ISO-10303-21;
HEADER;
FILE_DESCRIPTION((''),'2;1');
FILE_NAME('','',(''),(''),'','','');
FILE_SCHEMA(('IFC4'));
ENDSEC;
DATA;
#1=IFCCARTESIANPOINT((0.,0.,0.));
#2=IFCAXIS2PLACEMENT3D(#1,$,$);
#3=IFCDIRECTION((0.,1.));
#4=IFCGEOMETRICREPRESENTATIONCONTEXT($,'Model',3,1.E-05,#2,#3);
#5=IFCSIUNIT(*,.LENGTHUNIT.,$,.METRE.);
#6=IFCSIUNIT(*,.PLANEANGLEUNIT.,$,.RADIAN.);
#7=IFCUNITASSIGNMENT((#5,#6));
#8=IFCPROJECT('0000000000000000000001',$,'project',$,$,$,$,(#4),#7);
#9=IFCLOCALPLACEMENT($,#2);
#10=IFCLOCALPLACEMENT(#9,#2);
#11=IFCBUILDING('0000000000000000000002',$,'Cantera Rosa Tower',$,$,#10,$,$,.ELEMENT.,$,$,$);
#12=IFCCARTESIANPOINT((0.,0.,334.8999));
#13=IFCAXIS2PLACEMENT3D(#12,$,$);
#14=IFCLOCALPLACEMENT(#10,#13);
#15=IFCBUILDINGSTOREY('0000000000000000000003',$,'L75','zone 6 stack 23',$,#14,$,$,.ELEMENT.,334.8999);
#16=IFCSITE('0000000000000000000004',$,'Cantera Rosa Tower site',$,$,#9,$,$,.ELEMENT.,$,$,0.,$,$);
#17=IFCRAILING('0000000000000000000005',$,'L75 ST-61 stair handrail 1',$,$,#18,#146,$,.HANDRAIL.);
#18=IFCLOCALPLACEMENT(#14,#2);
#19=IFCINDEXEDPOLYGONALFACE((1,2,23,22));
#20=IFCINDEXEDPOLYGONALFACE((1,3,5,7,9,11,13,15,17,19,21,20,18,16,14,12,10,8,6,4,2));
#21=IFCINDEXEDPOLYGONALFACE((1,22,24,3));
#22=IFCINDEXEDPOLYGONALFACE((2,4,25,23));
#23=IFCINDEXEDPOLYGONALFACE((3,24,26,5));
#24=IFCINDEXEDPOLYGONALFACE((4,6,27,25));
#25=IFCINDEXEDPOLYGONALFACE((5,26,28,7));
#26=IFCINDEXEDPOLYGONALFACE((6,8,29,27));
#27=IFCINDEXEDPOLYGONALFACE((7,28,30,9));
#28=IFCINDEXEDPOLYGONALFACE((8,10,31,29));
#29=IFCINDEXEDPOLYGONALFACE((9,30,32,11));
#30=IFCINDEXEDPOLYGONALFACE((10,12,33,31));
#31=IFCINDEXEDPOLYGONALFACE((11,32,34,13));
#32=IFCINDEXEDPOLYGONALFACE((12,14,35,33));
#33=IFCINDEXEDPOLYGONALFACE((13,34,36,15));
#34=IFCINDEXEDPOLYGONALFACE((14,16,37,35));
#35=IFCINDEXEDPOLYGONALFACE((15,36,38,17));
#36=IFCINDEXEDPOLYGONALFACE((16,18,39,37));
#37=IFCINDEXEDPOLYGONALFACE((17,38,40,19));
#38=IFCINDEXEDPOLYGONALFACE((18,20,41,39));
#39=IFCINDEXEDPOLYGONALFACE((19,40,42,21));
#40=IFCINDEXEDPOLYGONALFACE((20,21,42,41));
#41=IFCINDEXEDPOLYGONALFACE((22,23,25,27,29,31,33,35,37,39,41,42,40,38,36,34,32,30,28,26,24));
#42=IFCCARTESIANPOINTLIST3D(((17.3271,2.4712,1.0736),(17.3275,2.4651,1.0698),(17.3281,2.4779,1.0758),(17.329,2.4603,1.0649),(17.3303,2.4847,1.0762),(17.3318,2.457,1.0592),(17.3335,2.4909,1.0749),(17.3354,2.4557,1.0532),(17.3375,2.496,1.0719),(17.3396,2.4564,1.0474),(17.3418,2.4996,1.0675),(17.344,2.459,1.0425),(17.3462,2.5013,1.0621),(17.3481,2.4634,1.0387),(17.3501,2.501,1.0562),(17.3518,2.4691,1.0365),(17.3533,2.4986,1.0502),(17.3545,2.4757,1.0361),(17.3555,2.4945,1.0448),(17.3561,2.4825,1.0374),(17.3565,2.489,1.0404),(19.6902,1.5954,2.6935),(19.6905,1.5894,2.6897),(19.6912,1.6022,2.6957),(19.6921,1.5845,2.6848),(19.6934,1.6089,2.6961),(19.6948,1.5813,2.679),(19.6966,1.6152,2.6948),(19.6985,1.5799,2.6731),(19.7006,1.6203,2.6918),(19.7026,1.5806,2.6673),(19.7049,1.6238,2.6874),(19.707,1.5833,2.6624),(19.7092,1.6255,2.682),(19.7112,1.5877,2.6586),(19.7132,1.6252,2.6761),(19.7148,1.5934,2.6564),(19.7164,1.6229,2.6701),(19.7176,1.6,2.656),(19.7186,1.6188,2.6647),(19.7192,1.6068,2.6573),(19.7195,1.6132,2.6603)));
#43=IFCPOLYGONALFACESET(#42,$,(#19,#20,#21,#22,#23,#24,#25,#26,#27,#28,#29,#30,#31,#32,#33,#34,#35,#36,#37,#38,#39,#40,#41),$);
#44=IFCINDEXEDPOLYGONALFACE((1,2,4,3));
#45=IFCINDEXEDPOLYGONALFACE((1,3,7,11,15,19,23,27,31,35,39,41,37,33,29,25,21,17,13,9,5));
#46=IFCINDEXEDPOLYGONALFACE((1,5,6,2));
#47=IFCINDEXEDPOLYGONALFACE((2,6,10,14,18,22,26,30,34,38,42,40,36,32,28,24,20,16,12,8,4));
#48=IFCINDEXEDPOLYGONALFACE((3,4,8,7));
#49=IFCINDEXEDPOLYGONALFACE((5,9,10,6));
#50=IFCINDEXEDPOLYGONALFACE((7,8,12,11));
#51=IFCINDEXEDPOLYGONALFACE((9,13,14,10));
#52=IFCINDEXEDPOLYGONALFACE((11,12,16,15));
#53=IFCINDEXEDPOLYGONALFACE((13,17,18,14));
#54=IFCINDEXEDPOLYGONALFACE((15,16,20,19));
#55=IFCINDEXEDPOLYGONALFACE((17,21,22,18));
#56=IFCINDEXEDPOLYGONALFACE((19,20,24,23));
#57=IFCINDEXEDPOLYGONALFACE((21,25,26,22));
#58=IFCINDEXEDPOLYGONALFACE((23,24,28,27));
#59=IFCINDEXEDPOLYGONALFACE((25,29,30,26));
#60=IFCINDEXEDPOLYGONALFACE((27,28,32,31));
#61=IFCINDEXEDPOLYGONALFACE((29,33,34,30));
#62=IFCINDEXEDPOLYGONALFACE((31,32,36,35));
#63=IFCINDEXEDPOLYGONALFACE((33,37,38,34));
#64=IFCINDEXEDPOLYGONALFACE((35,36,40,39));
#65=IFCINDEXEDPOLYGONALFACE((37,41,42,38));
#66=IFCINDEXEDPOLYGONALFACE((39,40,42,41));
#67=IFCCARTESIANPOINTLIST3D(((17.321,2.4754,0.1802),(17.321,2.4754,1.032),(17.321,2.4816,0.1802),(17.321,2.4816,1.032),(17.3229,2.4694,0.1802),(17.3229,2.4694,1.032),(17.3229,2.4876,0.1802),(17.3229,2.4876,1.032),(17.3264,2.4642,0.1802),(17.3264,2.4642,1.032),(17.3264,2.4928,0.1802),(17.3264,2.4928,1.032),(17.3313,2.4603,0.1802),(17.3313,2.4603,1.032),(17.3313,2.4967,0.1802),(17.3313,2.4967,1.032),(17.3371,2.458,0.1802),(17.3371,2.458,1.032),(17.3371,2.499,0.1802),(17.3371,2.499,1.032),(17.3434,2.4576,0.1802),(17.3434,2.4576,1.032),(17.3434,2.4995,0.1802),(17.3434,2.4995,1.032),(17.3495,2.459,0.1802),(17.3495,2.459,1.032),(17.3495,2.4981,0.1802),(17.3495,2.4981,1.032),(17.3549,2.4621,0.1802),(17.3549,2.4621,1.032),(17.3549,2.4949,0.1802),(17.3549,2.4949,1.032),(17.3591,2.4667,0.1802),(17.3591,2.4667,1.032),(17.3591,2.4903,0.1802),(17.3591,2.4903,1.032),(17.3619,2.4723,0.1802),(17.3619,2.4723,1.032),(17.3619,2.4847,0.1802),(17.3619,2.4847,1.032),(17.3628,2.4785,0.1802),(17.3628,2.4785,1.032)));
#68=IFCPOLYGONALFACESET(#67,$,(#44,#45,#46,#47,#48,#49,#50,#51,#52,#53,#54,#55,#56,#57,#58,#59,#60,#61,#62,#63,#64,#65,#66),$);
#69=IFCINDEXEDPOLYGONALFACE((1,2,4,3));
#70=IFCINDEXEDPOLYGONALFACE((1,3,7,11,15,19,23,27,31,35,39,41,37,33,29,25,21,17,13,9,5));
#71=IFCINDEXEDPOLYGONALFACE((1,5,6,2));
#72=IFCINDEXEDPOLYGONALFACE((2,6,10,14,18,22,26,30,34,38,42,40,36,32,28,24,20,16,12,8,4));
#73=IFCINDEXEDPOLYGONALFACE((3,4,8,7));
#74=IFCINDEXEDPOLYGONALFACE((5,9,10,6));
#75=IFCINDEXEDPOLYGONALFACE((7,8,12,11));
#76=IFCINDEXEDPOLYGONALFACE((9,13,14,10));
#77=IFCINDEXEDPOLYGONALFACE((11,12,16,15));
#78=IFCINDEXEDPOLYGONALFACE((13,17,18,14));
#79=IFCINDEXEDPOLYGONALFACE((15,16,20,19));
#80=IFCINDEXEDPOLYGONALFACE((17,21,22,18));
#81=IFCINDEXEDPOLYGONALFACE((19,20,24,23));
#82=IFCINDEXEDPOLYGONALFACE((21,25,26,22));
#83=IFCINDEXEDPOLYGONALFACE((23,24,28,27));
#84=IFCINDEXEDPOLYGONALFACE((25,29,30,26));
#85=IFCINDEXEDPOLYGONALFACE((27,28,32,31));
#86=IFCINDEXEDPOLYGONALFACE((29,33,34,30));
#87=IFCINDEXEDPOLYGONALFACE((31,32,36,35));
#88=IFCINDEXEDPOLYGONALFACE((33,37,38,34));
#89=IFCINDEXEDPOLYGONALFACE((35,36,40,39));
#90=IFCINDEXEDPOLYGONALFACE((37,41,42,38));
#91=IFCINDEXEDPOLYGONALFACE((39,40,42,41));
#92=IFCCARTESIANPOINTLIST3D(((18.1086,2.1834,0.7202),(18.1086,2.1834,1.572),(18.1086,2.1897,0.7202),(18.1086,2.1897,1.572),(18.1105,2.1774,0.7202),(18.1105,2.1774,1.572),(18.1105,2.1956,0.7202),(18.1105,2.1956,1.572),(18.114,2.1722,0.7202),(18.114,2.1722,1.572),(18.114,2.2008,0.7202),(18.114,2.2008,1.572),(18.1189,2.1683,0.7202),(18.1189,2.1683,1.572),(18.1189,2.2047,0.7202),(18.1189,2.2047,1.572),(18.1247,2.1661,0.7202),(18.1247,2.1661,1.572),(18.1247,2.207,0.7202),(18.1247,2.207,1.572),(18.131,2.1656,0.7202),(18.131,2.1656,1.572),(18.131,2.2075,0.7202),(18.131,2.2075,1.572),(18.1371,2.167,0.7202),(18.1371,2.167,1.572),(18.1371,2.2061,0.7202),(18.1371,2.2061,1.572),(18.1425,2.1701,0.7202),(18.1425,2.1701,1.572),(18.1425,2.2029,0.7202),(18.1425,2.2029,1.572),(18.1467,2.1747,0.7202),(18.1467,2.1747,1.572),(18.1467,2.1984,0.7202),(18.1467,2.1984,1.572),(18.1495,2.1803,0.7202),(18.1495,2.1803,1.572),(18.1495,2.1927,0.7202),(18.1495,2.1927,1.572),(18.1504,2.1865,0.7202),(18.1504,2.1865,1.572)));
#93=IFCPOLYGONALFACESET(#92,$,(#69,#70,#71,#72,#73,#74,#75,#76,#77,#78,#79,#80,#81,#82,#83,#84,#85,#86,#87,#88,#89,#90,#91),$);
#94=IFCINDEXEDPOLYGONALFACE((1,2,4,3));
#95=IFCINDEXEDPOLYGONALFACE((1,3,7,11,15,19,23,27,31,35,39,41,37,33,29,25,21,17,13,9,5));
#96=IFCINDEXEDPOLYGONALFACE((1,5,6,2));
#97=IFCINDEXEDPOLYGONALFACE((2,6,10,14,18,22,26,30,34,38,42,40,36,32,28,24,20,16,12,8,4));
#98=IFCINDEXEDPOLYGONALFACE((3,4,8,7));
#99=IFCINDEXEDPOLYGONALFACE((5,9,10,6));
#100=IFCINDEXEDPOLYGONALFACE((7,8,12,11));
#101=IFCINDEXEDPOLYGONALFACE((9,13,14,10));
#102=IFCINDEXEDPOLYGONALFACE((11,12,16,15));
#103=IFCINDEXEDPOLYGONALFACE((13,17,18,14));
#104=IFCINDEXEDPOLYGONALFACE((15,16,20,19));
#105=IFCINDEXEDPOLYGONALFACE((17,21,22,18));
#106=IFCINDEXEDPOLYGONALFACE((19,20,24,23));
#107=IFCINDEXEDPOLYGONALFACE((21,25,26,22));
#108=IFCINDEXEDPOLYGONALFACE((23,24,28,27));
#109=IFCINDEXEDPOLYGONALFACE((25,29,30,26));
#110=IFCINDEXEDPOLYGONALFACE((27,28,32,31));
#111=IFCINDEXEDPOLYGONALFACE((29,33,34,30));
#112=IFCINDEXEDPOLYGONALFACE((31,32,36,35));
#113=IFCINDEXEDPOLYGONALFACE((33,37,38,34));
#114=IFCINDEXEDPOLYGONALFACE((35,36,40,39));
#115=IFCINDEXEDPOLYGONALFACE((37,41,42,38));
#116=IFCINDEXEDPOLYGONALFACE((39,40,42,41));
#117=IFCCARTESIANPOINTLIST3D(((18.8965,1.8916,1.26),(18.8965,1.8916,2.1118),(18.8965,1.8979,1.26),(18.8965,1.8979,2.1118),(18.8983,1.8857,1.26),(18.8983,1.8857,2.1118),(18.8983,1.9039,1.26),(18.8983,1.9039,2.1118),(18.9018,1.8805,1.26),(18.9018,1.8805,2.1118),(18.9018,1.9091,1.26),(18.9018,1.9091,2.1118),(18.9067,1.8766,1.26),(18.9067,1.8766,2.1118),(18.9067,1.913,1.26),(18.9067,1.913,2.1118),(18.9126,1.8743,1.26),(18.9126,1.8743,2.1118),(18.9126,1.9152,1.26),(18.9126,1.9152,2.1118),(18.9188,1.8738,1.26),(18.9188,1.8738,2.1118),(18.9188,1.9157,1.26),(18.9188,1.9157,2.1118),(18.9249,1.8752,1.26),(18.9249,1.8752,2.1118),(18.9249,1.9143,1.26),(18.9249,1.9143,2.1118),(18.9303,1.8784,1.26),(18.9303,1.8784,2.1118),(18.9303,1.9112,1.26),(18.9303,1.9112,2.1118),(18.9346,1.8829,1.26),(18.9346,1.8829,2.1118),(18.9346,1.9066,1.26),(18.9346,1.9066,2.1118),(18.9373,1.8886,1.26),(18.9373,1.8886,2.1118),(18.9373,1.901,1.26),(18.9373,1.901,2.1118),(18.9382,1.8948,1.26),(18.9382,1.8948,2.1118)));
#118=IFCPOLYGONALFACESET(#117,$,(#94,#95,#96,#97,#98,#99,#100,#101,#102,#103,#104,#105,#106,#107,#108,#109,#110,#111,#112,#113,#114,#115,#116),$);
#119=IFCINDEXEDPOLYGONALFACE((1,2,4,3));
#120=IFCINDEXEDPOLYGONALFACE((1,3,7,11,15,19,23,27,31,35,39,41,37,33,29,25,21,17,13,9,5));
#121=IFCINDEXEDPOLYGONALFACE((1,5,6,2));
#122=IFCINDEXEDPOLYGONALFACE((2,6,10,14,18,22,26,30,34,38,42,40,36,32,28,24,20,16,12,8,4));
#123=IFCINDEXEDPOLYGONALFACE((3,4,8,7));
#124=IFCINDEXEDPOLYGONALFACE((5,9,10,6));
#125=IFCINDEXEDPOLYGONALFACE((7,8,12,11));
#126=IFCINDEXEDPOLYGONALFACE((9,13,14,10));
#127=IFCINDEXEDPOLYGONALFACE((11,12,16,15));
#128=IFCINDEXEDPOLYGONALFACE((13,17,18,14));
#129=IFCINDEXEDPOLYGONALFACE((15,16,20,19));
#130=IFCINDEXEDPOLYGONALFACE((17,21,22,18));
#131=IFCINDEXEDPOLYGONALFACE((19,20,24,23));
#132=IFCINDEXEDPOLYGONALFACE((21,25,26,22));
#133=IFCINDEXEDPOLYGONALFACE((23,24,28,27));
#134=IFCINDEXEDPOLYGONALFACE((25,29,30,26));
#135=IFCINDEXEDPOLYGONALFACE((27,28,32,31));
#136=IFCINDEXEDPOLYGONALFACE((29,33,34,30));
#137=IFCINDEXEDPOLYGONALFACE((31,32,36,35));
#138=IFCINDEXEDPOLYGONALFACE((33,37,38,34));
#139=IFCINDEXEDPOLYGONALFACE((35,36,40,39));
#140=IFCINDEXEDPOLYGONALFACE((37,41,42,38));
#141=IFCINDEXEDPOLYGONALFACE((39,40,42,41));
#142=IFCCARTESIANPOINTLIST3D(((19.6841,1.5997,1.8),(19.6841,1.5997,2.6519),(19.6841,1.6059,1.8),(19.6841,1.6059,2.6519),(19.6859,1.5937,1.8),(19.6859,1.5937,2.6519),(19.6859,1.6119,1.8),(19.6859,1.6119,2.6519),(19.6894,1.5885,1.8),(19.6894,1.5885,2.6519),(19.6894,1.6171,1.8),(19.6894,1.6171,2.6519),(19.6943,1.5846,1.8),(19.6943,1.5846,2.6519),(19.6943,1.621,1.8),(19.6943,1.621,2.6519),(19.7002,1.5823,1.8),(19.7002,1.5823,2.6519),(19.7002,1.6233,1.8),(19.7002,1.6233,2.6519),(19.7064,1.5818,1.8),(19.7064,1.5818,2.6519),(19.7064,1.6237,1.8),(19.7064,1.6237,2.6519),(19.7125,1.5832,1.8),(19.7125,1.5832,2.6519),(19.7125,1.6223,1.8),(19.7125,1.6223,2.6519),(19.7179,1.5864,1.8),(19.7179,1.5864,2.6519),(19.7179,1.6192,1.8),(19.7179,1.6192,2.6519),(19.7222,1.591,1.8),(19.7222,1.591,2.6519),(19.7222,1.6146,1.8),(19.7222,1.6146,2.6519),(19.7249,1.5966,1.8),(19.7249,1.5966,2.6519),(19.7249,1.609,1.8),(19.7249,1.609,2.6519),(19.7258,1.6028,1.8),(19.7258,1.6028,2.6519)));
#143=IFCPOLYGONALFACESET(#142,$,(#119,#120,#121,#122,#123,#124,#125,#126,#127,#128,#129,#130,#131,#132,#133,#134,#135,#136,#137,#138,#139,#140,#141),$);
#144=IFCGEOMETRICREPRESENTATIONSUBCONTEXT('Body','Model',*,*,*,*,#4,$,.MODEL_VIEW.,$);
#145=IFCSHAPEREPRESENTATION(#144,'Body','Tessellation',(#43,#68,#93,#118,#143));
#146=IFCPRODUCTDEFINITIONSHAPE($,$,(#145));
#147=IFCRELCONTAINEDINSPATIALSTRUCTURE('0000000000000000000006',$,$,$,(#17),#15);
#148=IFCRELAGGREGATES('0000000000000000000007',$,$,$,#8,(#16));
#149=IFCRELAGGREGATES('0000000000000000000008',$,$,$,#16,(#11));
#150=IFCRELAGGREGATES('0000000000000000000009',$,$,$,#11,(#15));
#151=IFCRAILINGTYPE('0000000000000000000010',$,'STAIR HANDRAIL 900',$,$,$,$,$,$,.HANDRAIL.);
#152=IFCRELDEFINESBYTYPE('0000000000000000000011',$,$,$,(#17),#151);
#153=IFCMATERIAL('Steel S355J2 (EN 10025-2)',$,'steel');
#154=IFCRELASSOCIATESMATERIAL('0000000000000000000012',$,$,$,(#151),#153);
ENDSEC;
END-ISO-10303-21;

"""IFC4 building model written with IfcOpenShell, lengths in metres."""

from ifc_helpers import new_model, si_unit, direction, frame, origin, origin_2d, place, context, subcontext, project, spatial, circle, extrude, material, type_object, element, save


model = new_model("IFC4")

# Units and contexts
model_context = context("Model", 3, precision=1e-05, world=origin(), true_north=direction((0.0, 1.0)))
body_context = subcontext(model_context, "Body", "Model", "MODEL_VIEW")
ifc_project = project(units=[si_unit("LENGTHUNIT", "METRE"), si_unit("PLANEANGLEUNIT", "RADIAN")], contexts=[model_context])

# Site, building, storey
site_placement = place(None, origin())
site = spatial("IfcSite", under=ifc_project, at=site_placement, Name="Cantera Rosa Tower site", CompositionType="ELEMENT", RefElevation=0.0)
building_placement = place(site_placement, origin())
building = spatial("IfcBuilding", under=site, at=building_placement, Name="Cantera Rosa Tower", CompositionType="ELEMENT")
storey_placement = place(building_placement, frame((0.0, 0.0, 334.8999)))
storey = spatial("IfcBuildingStorey", under=building, at=storey_placement, Name="L75", Description="zone 6 stack 23", CompositionType="ELEMENT", Elevation=334.8999)

# Railing
ifc_material_1 = material(Name="Steel S355J2 (EN 10025-2)", Category="steel")
railing_type_1 = type_object("IfcRailingType", Name="STAIR HANDRAIL 900", PredefinedType="HANDRAIL", material=ifc_material_1)
railing_1_placement = place(storey_placement, frame((17.3418, 2.4785, 0.1802)))
element("IfcRailing", 1, at=railing_1_placement, inside=storey, type_object=railing_type_1, Name="L75 ST-61 stair handrail 1", PredefinedType="HANDRAIL", context=body_context, shape_type="SweptSolid", body=[
    extrude(circle(Radius=0.0239, at=origin_2d()), frame((0.0, 0.0, 0.876), z_axis=(0.788782, -0.29232, 0.540714), x_axis=(0.347501, 0.93768, 0.0)), (0.0, 0.0, 1.0), 2.9958),
    extrude(circle(Radius=0.021, at=origin_2d()), origin(), (0.0, 0.0, 1.0), 0.8518),
    extrude(circle(Radius=0.021, at=origin_2d()), frame((0.7876, -0.292, 0.54)), (0.0, 0.0, 1.0), 0.8518),
    extrude(circle(Radius=0.021, at=origin_2d()), frame((1.5754, -0.5837, 1.0798)), (0.0, 0.0, 1.0), 0.8518),
    extrude(circle(Radius=0.021, at=origin_2d()), frame((2.363, -0.8757, 1.6199)), (0.0, 0.0, 1.0), 0.8518),
])

save(model, "model.ifc")
